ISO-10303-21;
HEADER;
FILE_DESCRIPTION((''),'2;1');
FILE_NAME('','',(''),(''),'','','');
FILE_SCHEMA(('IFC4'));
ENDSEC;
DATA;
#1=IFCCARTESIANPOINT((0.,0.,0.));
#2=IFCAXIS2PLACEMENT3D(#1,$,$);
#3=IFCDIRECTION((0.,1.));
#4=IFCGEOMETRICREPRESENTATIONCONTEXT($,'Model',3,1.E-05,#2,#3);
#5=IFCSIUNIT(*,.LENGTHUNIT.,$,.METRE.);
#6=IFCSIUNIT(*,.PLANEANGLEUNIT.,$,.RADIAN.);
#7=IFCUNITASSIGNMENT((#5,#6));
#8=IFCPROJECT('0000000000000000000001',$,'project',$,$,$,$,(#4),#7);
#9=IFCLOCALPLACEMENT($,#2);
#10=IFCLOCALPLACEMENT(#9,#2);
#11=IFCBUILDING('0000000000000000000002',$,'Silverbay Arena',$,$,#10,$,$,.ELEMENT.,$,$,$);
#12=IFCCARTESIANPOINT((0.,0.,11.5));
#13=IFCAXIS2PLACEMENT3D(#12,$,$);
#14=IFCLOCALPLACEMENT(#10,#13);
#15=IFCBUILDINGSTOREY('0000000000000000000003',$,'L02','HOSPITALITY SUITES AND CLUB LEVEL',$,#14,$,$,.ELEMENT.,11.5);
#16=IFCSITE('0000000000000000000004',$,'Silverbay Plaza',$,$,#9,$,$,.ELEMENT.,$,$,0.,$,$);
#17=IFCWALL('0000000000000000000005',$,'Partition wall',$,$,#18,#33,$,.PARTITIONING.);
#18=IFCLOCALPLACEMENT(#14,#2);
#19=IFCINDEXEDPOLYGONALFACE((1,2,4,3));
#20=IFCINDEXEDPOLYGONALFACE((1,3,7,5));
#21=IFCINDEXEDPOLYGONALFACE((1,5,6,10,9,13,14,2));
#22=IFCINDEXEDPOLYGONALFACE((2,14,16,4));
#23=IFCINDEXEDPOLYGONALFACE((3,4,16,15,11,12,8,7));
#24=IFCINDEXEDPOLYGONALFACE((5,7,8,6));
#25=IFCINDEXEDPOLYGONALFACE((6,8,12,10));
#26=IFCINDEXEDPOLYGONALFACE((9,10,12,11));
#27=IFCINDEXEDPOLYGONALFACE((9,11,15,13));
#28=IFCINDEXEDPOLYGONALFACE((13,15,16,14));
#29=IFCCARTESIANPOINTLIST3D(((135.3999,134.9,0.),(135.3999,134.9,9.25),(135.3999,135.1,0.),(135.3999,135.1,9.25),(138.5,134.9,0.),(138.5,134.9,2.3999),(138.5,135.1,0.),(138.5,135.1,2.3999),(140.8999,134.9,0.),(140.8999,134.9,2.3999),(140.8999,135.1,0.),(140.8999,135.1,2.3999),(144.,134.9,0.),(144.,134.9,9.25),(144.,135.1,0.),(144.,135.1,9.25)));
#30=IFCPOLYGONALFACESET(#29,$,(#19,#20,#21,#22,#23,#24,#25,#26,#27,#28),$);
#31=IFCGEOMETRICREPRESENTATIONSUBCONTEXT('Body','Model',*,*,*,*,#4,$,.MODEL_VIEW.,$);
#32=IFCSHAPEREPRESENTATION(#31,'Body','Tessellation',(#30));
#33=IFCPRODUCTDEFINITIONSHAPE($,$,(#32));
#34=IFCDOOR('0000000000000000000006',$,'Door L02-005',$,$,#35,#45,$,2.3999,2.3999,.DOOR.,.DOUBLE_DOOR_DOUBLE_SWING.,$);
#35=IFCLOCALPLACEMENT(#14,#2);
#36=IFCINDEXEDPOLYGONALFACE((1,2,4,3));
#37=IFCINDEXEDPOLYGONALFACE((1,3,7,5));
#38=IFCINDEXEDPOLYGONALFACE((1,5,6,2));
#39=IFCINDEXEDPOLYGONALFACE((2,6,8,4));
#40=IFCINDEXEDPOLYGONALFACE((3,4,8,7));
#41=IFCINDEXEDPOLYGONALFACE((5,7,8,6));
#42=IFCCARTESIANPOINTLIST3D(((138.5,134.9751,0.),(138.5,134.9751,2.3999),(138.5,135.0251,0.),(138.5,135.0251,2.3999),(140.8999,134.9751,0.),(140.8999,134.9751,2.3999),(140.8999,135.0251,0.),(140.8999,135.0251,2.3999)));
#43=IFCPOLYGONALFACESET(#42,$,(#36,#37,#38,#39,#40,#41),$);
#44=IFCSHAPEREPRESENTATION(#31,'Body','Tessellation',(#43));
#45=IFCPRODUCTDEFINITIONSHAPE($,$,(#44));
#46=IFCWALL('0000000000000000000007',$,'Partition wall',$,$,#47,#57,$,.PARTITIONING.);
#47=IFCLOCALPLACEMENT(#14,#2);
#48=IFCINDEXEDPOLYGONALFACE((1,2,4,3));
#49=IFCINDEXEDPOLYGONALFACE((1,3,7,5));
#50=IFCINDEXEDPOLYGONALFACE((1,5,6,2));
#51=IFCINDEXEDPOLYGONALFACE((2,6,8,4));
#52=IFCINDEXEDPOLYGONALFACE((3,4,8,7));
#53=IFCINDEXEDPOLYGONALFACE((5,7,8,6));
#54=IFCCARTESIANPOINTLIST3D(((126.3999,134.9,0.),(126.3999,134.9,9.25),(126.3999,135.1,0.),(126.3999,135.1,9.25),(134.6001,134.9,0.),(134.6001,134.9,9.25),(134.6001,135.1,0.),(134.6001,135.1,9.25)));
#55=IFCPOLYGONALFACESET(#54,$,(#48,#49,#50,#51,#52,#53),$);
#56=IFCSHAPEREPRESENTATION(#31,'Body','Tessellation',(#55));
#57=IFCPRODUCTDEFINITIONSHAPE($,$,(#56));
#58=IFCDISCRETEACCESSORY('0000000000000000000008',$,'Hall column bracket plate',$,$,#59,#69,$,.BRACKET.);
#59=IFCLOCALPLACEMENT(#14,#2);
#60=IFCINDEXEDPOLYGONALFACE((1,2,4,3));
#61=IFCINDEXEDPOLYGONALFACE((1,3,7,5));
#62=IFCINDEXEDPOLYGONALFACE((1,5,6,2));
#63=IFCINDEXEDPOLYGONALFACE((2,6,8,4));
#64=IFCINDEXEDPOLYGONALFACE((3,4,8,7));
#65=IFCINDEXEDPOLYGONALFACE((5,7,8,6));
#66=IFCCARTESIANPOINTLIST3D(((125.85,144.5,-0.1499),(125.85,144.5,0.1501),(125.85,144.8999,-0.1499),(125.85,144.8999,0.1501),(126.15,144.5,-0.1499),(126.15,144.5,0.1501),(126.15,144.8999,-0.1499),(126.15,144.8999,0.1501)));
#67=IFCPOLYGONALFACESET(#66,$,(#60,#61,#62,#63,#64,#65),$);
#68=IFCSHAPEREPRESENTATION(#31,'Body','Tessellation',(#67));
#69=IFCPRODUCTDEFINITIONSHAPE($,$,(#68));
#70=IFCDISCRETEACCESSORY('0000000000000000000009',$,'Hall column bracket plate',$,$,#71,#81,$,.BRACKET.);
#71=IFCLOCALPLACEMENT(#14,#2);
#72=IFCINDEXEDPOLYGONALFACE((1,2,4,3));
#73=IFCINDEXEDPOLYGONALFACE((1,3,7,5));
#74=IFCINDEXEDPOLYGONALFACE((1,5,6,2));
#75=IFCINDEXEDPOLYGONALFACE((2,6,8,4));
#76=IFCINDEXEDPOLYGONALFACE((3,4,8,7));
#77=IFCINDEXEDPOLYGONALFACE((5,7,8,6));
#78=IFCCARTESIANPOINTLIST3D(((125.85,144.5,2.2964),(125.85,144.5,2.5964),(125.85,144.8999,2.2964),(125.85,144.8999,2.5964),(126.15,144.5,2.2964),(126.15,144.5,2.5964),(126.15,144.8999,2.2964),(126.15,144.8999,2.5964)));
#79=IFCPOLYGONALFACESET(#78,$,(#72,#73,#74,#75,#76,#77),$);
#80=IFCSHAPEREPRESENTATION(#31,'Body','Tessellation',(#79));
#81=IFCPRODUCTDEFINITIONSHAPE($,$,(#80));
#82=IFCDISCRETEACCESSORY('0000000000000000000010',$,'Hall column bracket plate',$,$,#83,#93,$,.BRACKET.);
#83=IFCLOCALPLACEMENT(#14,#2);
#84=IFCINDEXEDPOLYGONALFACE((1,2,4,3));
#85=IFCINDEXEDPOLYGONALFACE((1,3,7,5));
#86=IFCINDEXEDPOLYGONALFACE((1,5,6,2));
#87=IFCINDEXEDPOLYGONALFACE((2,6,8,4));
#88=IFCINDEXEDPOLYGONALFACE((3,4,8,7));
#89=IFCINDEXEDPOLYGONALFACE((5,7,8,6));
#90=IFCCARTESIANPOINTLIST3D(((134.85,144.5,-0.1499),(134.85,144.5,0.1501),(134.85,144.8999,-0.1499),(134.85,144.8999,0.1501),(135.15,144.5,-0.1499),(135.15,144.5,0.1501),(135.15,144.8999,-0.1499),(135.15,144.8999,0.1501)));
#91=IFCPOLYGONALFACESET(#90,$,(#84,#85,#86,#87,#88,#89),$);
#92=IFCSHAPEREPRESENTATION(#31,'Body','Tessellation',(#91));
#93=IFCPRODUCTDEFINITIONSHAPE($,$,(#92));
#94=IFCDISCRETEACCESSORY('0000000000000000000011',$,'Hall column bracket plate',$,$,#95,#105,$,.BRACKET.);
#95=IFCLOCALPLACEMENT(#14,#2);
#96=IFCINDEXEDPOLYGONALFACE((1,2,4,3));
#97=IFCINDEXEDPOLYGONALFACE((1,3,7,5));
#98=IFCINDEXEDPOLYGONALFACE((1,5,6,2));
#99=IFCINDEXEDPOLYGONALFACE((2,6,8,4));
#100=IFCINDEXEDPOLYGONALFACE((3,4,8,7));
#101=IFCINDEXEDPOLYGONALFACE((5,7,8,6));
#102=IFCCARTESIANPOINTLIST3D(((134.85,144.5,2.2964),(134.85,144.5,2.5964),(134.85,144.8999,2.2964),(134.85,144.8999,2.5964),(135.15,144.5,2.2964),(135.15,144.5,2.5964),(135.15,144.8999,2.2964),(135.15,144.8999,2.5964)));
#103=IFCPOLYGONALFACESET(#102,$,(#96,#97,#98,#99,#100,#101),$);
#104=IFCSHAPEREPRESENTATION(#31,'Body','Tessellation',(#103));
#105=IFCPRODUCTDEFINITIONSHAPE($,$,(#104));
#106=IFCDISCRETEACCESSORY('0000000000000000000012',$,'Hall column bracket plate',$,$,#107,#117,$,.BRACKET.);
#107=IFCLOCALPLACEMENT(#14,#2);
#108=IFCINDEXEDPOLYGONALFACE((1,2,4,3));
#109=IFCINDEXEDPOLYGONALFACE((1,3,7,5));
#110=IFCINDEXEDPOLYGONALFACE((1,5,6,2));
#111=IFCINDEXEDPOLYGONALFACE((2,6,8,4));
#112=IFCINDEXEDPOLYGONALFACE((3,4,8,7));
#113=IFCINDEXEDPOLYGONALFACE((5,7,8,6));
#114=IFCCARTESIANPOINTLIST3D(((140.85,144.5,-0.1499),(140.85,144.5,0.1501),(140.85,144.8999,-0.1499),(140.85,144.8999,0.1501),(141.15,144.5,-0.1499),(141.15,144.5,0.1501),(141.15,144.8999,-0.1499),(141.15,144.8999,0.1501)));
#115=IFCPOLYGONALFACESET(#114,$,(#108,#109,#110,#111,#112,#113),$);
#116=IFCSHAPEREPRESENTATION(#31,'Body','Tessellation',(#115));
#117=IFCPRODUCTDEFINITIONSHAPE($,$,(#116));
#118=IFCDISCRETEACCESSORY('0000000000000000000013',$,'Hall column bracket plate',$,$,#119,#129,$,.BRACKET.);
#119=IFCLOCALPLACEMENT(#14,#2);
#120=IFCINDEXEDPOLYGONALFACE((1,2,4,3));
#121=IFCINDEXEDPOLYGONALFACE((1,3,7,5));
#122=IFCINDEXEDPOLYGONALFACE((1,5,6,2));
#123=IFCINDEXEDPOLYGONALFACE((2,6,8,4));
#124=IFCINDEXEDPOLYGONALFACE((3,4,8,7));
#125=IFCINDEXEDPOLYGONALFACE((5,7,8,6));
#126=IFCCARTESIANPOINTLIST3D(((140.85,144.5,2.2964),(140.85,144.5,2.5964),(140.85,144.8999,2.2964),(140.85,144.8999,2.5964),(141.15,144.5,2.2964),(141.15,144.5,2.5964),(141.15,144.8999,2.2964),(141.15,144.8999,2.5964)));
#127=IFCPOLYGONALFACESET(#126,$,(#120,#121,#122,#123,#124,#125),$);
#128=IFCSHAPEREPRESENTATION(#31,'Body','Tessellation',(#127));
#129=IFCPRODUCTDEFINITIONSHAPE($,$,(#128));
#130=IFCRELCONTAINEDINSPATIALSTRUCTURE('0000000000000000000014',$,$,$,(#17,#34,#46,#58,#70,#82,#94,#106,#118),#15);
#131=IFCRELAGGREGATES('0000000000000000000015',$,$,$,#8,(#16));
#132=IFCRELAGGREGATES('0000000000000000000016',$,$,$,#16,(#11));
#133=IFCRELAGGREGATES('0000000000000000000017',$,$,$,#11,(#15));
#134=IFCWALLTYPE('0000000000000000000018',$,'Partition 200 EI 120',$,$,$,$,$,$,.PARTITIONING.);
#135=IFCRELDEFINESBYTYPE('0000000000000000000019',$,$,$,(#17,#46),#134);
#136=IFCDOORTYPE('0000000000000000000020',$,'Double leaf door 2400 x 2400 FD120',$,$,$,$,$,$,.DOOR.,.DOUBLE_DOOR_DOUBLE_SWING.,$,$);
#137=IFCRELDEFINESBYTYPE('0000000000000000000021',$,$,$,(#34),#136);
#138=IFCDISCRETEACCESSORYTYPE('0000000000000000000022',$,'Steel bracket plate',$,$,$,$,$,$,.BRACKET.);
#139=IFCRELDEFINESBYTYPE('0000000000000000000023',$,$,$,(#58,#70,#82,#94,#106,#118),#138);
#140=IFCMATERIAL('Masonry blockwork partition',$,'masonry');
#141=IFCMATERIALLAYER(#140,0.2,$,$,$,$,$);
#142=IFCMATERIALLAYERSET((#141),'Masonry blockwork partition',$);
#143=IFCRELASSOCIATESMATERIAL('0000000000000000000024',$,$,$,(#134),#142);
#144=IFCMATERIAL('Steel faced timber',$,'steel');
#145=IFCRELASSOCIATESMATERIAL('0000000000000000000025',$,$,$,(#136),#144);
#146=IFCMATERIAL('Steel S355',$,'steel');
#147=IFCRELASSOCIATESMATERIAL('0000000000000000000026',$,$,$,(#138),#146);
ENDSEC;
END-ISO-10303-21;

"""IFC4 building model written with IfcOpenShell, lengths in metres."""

from ifc_helpers import new_model, si_unit, direction, frame, frame_2d, origin, origin_2d, place, context, subcontext, project, spatial, rectangle, extrude, material, layer, layer_set, type_object, element, fill, save


model = new_model("IFC4")

# Units and contexts
model_context = context("Model", 3, precision=1e-05, world=origin(), true_north=direction((0.0, 1.0)))
body_context = subcontext(model_context, "Body", "Model", "MODEL_VIEW")
ifc_project = project(units=[si_unit("LENGTHUNIT", "METRE"), si_unit("PLANEANGLEUNIT", "RADIAN")], contexts=[model_context])

# Site, building, storey
site_placement = place(None, origin())
site = spatial("IfcSite", under=ifc_project, at=site_placement, Name="Silverbay Plaza", CompositionType="ELEMENT", RefElevation=0.0)
building_placement = place(site_placement, origin())
building = spatial("IfcBuilding", under=site, at=building_placement, Name="Silverbay Arena", CompositionType="ELEMENT")
storey_placement = place(building_placement, frame((0.0, 0.0, 11.5)))
storey = spatial("IfcBuildingStorey", under=building, at=storey_placement, Name="L02", Description="HOSPITALITY SUITES AND CLUB LEVEL", CompositionType="ELEMENT", Elevation=11.5)

# Wall, opening, door
ifc_material_1 = material(Name="Masonry blockwork partition", Category="masonry")
ifc_layer_1 = layer(ifc_material_1, 0.2)
ifc_layer_set_1 = layer_set([ifc_layer_1], Name="Masonry blockwork partition")
wall_type_1 = type_object("IfcWallType", Name="Partition 200 EI 120", PredefinedType="PARTITIONING", material=ifc_layer_set_1)
wall_1_placement = place(storey_placement, frame((135.3999, 135.0, 0.0), z_axis=(0.0, 0.0, 1.0), x_axis=(1.0, 0.0, 0.0)))
wall_1 = element("IfcWall", 1, at=wall_1_placement, inside=storey, type_object=wall_type_1, Name="Partition wall", PredefinedType="PARTITIONING", context=body_context, shape_type="SweptSolid", body=[
    extrude(rectangle(XDim=8.6001, YDim=0.2, at=frame_2d((4.3, 0.0))), origin(), (0.0, 0.0, 1.0), 9.25),
])
opening_placement = place(wall_1_placement, frame((3.1001, 0.0, 0.0)))
opening = element("IfcOpeningElement", 2, at=opening_placement, cuts=wall_1, PredefinedType="OPENING", context=body_context, shape_type="SweptSolid", body=[
    extrude(rectangle(XDim=2.3999, YDim=2.3999, at=frame_2d((1.2, 1.2))), frame((0.0, 0.1099, 0.0), z_axis=(0.0, -1.0, 0.0), x_axis=(1.0, 0.0, 0.0)), (0.0, 0.0, 1.0), 0.22),
])
ifc_material_2 = material(Name="Steel faced timber", Category="steel")
door_type = type_object("IfcDoorType", Name="Double leaf door 2400 x 2400 FD120", OperationType="DOUBLE_DOOR_DOUBLE_SWING", PredefinedType="DOOR", material=ifc_material_2)
door_placement = place(opening_placement, frame((2.3999, 0.0, 0.0), z_axis=(0.0, 0.0, 1.0), x_axis=(-1.0, 0.0, 0.0)))
door = element("IfcDoor", 3, at=door_placement, inside=storey, type_object=door_type, Name="Door L02-005", OperationType="DOUBLE_DOOR_DOUBLE_SWING", OverallHeight=2.3999, OverallWidth=2.3999, PredefinedType="DOOR", context=body_context, shape_type="SweptSolid", body=[
    extrude(rectangle(XDim=2.3999, YDim=2.3999, at=frame_2d((1.2, 1.2))), frame((0.0, 0.0249, 0.0), z_axis=(0.0, -1.0, 0.0), x_axis=(1.0, 0.0, 0.0)), (0.0, 0.0, 1.0), 0.05),
])
fill(opening, door)

# Wall
wall_2_placement = place(storey_placement, frame((126.3999, 135.0, 0.0), z_axis=(0.0, 0.0, 1.0), x_axis=(1.0, 0.0, 0.0)))
element("IfcWall", 4, at=wall_2_placement, inside=storey, type_object=wall_type_1, Name="Partition wall", PredefinedType="PARTITIONING", context=body_context, shape_type="SweptSolid", body=[
    extrude(rectangle(XDim=8.2002, YDim=0.2, at=frame_2d((4.1001, 0.0))), origin(), (0.0, 0.0, 1.0), 9.25),
])

# Discrete accessories
ifc_material_3 = material(Name="Steel S355", Category="steel")
discrete_accessory_type = type_object("IfcDiscreteAccessoryType", Name="Steel bracket plate", PredefinedType="BRACKET", material=ifc_material_3)
for number, where, z_axis, x_axis, name in (
    (5, (126.0, 144.7, -0.1499), (0.0, 0.0, 1.0), (1.0, 0.0, 0.0), "Hall column bracket plate"),
    (6, (126.0, 144.7, 2.2964), (0.0, 0.0, 1.0), (1.0, 0.0, 0.0), "Hall column bracket plate"),
    (7, (135.0, 144.7, -0.1499), (0.0, 0.0, 1.0), (1.0, 0.0, 0.0), "Hall column bracket plate"),
    (8, (135.0, 144.7, 2.2964), (0.0, 0.0, 1.0), (1.0, 0.0, 0.0), "Hall column bracket plate"),
    (9, (141.0, 144.7, -0.1499), (0.0, 0.0, 1.0), (1.0, 0.0, 0.0), "Hall column bracket plate"),
    (10, (141.0, 144.7, 2.2964), (0.0, 0.0, 1.0), (1.0, 0.0, 0.0), "Hall column bracket plate"),
):
    element("IfcDiscreteAccessory", number, at=place(storey_placement, frame(where, z_axis=z_axis, x_axis=x_axis)), inside=storey, type_object=discrete_accessory_type, Name=name, PredefinedType="BRACKET", context=body_context, shape_type="SweptSolid", body=[
        extrude(rectangle(XDim=0.3, YDim=0.3999, at=origin_2d()), origin(), (0.0, 0.0, 1.0), 0.3),
    ])

save(model, "model.ifc")
